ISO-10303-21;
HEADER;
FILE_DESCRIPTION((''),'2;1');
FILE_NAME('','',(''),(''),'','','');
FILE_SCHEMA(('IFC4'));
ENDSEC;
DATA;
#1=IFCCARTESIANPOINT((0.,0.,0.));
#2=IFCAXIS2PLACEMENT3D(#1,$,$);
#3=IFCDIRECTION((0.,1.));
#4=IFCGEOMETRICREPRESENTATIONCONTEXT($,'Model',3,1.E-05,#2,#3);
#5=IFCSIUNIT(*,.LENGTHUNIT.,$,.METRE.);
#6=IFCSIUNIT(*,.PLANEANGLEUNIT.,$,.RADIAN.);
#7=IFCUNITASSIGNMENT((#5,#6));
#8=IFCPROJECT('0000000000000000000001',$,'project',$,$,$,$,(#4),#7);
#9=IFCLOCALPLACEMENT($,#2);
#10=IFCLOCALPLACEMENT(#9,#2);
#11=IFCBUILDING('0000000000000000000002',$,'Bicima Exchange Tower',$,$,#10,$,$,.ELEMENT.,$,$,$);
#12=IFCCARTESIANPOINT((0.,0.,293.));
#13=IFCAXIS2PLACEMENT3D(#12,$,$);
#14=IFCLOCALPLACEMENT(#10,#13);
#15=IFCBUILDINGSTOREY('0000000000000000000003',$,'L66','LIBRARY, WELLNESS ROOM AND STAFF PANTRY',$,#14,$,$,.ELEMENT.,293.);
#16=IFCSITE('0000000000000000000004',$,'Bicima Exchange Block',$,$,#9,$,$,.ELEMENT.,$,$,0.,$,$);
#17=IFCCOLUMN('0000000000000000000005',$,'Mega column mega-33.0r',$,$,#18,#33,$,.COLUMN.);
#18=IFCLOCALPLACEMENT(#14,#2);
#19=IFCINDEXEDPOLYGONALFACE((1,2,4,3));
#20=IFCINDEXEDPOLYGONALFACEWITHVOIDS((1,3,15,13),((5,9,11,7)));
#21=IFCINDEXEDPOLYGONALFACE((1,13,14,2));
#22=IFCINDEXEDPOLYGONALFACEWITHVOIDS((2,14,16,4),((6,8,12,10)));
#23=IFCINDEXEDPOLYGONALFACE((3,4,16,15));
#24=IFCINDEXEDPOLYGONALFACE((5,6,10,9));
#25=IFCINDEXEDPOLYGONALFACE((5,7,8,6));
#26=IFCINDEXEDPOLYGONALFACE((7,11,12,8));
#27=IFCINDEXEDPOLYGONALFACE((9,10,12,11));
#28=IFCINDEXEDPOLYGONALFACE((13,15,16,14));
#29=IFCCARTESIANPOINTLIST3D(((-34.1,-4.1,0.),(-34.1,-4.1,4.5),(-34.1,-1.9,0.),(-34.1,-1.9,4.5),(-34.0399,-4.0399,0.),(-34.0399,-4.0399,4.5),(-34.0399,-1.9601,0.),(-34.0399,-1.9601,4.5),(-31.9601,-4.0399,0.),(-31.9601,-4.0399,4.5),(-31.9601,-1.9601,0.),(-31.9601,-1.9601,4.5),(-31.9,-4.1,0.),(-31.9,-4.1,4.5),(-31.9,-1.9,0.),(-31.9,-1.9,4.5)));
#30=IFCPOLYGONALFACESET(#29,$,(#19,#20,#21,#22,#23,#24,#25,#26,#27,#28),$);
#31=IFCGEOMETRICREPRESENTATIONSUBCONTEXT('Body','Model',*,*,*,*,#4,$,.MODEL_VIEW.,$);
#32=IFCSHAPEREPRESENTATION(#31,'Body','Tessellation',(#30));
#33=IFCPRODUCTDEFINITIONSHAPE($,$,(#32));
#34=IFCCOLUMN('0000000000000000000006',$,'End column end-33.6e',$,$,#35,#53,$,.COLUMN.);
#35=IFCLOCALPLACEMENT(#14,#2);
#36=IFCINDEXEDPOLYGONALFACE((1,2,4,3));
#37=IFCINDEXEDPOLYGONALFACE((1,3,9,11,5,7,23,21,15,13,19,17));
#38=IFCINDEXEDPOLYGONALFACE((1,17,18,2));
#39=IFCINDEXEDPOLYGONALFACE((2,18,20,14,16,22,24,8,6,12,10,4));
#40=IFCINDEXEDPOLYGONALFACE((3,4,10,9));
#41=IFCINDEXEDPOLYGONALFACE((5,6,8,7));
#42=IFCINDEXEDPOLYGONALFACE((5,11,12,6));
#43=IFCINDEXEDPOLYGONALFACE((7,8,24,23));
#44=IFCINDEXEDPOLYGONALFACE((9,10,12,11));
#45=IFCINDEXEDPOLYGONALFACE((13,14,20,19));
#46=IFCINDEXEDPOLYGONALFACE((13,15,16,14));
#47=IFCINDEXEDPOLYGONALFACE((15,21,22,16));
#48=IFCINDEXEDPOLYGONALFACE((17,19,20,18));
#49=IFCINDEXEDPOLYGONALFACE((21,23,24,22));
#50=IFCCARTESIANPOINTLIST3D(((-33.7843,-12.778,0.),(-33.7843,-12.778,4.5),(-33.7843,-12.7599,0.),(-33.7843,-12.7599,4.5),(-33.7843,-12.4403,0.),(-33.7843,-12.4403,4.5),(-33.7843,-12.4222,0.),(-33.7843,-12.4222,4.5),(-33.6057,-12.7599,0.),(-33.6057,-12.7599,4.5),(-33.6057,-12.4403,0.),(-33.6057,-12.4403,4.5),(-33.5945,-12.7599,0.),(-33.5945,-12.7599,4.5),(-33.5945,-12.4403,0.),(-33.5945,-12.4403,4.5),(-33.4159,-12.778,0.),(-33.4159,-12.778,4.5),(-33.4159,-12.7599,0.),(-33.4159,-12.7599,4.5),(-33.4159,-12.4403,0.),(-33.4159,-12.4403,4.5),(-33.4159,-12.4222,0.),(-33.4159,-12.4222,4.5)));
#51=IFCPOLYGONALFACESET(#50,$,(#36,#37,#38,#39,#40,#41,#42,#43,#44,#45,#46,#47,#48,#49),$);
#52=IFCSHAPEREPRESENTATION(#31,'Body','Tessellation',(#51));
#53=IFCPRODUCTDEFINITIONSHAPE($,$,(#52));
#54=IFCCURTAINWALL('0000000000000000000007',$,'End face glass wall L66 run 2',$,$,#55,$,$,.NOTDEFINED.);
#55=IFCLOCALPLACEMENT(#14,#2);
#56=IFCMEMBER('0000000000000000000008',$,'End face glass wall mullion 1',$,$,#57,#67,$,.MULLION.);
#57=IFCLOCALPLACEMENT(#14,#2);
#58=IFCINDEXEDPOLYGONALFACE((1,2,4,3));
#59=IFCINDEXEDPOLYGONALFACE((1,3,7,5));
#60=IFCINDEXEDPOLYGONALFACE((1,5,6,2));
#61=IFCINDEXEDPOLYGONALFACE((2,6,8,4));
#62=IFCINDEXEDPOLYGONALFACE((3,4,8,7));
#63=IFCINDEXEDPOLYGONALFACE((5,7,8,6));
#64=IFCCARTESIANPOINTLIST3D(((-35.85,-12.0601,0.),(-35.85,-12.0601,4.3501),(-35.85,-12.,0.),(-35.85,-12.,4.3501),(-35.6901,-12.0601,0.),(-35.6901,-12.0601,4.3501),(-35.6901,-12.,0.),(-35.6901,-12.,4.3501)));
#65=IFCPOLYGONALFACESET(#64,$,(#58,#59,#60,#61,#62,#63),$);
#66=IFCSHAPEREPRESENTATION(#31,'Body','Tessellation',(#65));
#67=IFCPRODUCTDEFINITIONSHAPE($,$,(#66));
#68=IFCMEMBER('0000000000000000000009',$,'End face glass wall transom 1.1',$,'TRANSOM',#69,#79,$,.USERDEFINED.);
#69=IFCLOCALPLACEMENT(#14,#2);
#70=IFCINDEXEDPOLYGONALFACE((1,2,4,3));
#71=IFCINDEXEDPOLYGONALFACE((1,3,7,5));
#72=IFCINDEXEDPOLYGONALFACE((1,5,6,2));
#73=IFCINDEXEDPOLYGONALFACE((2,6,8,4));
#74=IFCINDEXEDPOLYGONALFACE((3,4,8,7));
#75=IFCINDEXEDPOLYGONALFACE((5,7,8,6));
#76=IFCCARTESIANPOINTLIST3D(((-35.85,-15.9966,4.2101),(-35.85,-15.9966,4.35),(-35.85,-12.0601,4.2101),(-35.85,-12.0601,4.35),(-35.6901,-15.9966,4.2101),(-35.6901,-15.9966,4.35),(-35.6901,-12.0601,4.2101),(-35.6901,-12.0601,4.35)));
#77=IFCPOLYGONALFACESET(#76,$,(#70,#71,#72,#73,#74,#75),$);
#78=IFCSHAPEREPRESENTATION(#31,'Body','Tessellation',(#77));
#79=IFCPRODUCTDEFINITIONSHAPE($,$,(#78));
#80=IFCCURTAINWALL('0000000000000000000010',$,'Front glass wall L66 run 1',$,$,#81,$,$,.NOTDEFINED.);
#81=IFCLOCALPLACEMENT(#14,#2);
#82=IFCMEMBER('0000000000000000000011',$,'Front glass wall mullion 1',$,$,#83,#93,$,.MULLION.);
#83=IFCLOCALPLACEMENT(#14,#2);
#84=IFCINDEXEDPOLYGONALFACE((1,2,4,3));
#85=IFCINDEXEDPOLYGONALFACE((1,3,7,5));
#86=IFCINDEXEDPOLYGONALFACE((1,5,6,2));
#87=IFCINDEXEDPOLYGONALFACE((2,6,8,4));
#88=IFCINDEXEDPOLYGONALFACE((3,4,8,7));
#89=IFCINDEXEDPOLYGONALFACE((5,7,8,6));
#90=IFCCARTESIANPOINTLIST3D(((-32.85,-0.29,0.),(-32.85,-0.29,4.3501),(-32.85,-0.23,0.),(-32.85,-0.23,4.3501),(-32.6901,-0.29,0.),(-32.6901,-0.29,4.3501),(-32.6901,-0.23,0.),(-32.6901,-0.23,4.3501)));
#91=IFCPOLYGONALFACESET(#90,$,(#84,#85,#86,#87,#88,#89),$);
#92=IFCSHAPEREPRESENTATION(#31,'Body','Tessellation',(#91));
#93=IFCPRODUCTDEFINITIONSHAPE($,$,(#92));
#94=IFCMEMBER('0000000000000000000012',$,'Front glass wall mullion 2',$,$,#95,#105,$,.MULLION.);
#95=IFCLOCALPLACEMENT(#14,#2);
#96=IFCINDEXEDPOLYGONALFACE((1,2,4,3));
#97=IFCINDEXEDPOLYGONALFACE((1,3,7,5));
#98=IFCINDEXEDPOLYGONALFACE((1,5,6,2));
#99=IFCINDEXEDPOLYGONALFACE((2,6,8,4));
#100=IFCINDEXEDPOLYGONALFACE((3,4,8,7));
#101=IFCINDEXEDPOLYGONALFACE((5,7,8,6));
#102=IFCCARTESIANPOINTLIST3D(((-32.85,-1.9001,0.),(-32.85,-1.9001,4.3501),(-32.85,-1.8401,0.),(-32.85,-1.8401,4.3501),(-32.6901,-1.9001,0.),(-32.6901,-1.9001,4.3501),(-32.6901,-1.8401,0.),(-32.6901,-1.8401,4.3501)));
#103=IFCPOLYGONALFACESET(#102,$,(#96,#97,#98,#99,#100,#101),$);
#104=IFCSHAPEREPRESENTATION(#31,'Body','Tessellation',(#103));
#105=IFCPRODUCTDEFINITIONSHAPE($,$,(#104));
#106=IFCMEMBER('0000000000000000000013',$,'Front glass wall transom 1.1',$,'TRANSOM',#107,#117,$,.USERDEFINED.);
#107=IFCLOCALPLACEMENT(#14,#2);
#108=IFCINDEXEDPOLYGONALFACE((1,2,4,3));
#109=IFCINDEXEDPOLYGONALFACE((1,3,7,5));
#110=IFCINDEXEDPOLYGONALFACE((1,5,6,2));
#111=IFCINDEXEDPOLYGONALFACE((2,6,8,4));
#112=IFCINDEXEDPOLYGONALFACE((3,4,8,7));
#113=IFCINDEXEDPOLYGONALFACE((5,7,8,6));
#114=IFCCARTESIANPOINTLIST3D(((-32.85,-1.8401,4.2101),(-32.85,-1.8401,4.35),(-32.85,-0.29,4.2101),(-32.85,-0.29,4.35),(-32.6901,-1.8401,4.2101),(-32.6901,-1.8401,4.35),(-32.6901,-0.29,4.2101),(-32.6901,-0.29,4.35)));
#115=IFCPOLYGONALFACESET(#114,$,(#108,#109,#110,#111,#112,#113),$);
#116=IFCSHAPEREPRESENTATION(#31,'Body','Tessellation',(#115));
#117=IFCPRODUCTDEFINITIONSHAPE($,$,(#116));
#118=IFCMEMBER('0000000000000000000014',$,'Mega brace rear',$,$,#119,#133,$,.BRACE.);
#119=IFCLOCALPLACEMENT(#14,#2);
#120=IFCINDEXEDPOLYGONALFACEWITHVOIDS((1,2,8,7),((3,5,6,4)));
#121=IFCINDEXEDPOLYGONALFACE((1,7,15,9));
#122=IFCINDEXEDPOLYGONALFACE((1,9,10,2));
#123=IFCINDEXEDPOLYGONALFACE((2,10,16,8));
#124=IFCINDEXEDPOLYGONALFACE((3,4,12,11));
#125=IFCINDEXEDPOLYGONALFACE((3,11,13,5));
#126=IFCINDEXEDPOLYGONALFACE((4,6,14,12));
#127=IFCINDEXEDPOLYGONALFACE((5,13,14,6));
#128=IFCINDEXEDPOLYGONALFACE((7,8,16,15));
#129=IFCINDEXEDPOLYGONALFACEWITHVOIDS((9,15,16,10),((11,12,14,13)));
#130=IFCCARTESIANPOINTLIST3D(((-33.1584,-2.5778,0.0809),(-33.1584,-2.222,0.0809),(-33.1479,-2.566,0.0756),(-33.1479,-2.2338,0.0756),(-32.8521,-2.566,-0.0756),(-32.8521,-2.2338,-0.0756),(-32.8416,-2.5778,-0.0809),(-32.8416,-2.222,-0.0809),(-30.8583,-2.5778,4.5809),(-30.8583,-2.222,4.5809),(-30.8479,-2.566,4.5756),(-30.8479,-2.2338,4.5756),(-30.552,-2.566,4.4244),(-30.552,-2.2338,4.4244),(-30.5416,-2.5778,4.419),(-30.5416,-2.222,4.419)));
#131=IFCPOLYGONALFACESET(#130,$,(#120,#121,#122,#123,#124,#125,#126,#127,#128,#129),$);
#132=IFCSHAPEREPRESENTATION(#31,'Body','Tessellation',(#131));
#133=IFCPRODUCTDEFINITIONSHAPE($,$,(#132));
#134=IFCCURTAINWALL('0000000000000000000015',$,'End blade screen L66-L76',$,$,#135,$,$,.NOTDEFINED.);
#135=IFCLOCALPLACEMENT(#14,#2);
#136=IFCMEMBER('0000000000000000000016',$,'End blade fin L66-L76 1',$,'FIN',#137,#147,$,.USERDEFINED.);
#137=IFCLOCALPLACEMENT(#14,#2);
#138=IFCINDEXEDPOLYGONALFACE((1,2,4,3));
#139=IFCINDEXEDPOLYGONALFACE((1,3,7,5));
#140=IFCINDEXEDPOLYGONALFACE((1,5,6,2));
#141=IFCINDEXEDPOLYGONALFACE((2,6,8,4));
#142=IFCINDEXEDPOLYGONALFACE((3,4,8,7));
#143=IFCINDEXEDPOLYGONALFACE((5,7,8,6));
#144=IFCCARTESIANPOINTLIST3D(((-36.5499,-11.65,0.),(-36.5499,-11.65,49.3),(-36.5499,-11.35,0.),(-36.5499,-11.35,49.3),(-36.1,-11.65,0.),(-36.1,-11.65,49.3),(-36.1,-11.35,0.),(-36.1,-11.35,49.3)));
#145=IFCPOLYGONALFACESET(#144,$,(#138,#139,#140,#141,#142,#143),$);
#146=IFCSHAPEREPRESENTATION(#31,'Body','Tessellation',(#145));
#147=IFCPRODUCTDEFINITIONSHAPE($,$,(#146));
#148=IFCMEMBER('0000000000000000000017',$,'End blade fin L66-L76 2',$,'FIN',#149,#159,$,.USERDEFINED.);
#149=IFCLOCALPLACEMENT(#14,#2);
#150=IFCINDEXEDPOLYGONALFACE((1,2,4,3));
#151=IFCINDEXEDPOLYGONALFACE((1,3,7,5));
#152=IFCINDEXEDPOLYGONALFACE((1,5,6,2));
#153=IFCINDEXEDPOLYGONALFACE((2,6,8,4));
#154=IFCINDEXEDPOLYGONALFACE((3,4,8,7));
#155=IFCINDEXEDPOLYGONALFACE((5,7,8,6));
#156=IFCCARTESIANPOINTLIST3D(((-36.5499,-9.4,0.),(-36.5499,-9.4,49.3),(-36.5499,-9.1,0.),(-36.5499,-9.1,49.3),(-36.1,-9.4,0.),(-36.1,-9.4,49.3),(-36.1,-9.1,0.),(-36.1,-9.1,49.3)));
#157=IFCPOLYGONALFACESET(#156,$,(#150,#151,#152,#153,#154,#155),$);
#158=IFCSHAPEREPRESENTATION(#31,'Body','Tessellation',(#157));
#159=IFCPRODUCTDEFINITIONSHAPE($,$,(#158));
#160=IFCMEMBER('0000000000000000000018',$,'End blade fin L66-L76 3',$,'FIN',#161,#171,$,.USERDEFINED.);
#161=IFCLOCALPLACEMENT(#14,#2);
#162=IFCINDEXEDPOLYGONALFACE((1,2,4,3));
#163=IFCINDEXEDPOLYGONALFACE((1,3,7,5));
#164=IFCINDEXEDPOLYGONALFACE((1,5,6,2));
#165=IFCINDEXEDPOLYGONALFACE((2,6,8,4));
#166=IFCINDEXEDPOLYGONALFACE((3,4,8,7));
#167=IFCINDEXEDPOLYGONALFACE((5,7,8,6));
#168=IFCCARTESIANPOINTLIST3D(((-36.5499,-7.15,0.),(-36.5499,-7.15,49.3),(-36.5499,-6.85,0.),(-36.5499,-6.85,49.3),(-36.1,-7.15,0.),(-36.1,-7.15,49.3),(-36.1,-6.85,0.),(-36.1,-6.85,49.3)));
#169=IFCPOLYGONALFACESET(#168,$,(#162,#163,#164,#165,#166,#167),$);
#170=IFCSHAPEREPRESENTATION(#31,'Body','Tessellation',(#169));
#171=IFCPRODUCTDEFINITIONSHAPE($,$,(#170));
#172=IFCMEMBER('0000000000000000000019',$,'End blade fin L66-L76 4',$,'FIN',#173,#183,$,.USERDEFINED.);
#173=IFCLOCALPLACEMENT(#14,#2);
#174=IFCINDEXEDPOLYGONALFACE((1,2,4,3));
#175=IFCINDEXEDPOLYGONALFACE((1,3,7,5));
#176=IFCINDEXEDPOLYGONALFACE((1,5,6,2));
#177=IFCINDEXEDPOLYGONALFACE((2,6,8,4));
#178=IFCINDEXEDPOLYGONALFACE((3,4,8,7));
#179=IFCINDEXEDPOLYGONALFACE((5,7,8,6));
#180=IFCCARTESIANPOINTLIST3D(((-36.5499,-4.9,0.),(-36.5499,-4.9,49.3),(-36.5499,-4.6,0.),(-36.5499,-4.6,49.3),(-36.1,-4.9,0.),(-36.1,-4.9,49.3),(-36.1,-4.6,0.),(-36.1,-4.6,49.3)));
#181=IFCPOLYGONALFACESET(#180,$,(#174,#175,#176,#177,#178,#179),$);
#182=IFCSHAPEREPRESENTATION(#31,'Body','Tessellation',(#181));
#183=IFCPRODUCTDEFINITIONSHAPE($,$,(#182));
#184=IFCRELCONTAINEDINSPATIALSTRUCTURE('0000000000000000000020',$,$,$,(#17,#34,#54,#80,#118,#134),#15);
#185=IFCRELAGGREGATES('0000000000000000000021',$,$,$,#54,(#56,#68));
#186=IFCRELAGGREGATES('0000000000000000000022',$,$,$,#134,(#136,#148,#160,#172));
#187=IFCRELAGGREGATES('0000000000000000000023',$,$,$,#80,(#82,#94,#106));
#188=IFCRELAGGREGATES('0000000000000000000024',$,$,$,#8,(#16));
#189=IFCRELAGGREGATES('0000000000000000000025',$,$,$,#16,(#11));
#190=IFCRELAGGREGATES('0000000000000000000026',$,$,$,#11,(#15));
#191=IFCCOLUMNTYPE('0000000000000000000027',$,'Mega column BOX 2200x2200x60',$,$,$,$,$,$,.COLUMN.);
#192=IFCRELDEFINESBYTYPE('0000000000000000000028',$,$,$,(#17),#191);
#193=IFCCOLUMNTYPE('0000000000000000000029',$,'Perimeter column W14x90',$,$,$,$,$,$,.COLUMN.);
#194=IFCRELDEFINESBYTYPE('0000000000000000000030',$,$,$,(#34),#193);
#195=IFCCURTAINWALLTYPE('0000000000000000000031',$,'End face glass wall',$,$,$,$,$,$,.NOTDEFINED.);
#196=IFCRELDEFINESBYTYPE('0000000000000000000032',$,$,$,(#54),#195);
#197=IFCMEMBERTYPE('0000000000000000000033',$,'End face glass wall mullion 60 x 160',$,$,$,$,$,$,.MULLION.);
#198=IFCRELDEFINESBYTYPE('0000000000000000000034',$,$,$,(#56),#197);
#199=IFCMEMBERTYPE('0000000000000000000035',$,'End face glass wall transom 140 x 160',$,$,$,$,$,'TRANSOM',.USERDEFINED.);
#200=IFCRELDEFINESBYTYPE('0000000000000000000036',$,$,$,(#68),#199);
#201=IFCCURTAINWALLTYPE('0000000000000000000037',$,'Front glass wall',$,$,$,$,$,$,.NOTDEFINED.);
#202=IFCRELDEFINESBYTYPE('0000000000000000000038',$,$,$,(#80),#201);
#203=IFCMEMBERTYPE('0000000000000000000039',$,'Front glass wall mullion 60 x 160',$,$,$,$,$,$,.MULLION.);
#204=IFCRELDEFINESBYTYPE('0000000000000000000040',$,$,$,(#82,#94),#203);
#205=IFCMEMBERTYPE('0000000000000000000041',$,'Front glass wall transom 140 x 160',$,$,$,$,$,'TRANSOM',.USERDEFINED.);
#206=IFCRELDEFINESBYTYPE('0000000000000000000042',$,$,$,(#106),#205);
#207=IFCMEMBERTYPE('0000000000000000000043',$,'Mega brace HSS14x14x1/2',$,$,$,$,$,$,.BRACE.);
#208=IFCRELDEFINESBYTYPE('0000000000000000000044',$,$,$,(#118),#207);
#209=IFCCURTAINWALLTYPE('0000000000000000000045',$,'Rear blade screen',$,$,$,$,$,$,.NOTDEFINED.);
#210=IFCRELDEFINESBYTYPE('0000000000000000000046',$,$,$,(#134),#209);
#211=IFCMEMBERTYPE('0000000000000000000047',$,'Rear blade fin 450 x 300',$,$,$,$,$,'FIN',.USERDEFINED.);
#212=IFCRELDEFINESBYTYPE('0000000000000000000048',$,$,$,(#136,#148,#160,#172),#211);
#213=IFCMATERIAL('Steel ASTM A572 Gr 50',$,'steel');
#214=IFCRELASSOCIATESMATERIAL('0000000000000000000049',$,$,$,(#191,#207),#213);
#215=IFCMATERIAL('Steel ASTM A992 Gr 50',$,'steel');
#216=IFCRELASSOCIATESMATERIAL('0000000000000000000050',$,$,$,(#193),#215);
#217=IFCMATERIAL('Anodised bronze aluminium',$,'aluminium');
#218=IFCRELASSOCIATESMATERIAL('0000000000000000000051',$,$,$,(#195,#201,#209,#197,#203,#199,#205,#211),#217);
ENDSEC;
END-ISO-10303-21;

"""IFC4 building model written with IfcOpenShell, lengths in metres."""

from ifc_helpers import new_model, si_unit, direction, frame, origin, origin_2d, place, context, subcontext, project, spatial, rectangle, hollow_rectangle, i_section, extrude, material, material_profile, profile_set, type_object, element, aggregate, save


model = new_model("IFC4")

# Units and contexts
model_context = context("Model", 3, precision=1e-05, world=origin(), true_north=direction((0.0, 1.0)))
body_context = subcontext(model_context, "Body", "Model", "MODEL_VIEW")
ifc_project = project(units=[si_unit("LENGTHUNIT", "METRE"), si_unit("PLANEANGLEUNIT", "RADIAN")], contexts=[model_context])

# Site, building, storey
site_placement = place(None, origin())
site = spatial("IfcSite", under=ifc_project, at=site_placement, Name="Bicima Exchange Block", CompositionType="ELEMENT", RefElevation=0.0)
building_placement = place(site_placement, origin())
building = spatial("IfcBuilding", under=site, at=building_placement, Name="Bicima Exchange Tower", CompositionType="ELEMENT")
storey_placement = place(building_placement, frame((0.0, 0.0, 293.0)))
storey = spatial("IfcBuildingStorey", under=building, at=storey_placement, Name="L66", Description="LIBRARY, WELLNESS ROOM AND STAFF PANTRY", CompositionType="ELEMENT", Elevation=293.0)

# Columns
ifc_material_1 = material(Name="Steel ASTM A572 Gr 50", Category="steel")
ifc_material_profile_1 = material_profile(ifc_material_1, hollow_rectangle(XDim=2.2, YDim=2.2, WallThickness=0.0601, at=origin_2d()))
ifc_profile_set_1 = profile_set([ifc_material_profile_1], Name="Steel ASTM A572 Gr 50")
column_type_1 = type_object("IfcColumnType", Name="Mega column BOX 2200x2200x60", PredefinedType="COLUMN", material=ifc_profile_set_1)
column_1_placement = place(storey_placement, frame((-33.0, -3.0, 0.0), z_axis=(0.0, 0.0, 1.0), x_axis=(1.0, 0.0, 0.0)))
element("IfcColumn", 1, at=column_1_placement, inside=storey, type_object=column_type_1, Name="Mega column mega-33.0r", PredefinedType="COLUMN", context=body_context, shape_type="SweptSolid", body=[
    extrude(hollow_rectangle(XDim=2.2, YDim=2.2, WallThickness=0.0601, at=origin_2d()), origin(), (0.0, 0.0, 1.0), 4.5),
])
ifc_material_2 = material(Name="Steel ASTM A992 Gr 50", Category="steel")
ifc_material_profile_2 = material_profile(ifc_material_2, i_section(OverallWidth=0.3684, OverallDepth=0.3557, WebThickness=0.0112, FlangeThickness=0.0181, at=origin_2d()))
ifc_profile_set_2 = profile_set([ifc_material_profile_2], Name="Steel ASTM A992 Gr 50")
column_type_2 = type_object("IfcColumnType", Name="Perimeter column W14x90", PredefinedType="COLUMN", material=ifc_profile_set_2)
column_2_placement = place(storey_placement, frame((-33.6001, -12.6001, 0.0), z_axis=(0.0, 0.0, 1.0), x_axis=(1.0, 0.0, 0.0)))
element("IfcColumn", 2, at=column_2_placement, inside=storey, type_object=column_type_2, Name="End column end-33.6e", PredefinedType="COLUMN", context=body_context, shape_type="SweptSolid", body=[
    extrude(i_section(OverallWidth=0.3684, OverallDepth=0.3557, WebThickness=0.0112, FlangeThickness=0.0181, at=origin_2d()), origin(), (0.0, 0.0, 1.0), 4.5),
])

# Curtain walls, members
ifc_material_3 = material(Name="Anodised bronze aluminium", Category="aluminium")
curtain_wall_type_1 = type_object("IfcCurtainWallType", Name="End face glass wall", PredefinedType="NOTDEFINED", material=ifc_material_3)
curtain_wall_1_placement = place(storey_placement, origin())
curtain_wall_1 = element("IfcCurtainWall", 3, at=curtain_wall_1_placement, inside=storey, type_object=curtain_wall_type_1, Name="End face glass wall L66 run 2", PredefinedType="NOTDEFINED")
ifc_material_profile_3 = material_profile(ifc_material_3, rectangle(XDim=0.1599, YDim=0.0601, at=origin_2d()))
ifc_profile_set_3 = profile_set([ifc_material_profile_3], Name="Anodised bronze aluminium")
member_type_1 = type_object("IfcMemberType", Name="End face glass wall mullion 60 x 160", PredefinedType="MULLION", material=ifc_profile_set_3)
member_1_placement = place(storey_placement, frame((-35.77, -12.03, 0.0), z_axis=(0.0, 0.0, 1.0), x_axis=(1.0, 0.0, 0.0)))
member_1 = element("IfcMember", 4, at=member_1_placement, type_object=member_type_1, Name="End face glass wall mullion 1", PredefinedType="MULLION", context=body_context, shape_type="SweptSolid", body=[
    extrude(rectangle(XDim=0.1599, YDim=0.0601, at=origin_2d()), origin(), (0.0, 0.0, 1.0), 4.3501),
])
ifc_material_profile_4 = material_profile(ifc_material_3, rectangle(XDim=0.1599, YDim=0.1399, at=origin_2d()))
ifc_profile_set_4 = profile_set([ifc_material_profile_4], Name="Anodised bronze aluminium")
member_type_2 = type_object("IfcMemberType", Name="End face glass wall transom 140 x 160", ElementType="TRANSOM", PredefinedType="USERDEFINED", material=ifc_profile_set_4)
member_2_placement = place(storey_placement, frame((-35.77, -12.0601, 4.28), z_axis=(0.0, -1.0, 0.0), x_axis=(1.0, 0.0, 0.0)))
member_2 = element("IfcMember", 5, at=member_2_placement, type_object=member_type_2, Name="End face glass wall transom 1.1", ObjectType="TRANSOM", PredefinedType="USERDEFINED", context=body_context, shape_type="SweptSolid", body=[
    extrude(rectangle(XDim=0.1599, YDim=0.1399, at=origin_2d()), origin(), (0.0, 0.0, 1.0), 3.9365),
])
aggregate(curtain_wall_1, [member_1, member_2])
curtain_wall_type_2 = type_object("IfcCurtainWallType", Name="Front glass wall", PredefinedType="NOTDEFINED", material=ifc_material_3)
curtain_wall_2_placement = place(storey_placement, origin())
curtain_wall_2 = element("IfcCurtainWall", 6, at=curtain_wall_2_placement, inside=storey, type_object=curtain_wall_type_2, Name="Front glass wall L66 run 1", PredefinedType="NOTDEFINED")
member_type_3 = type_object("IfcMemberType", Name="Front glass wall mullion 60 x 160", PredefinedType="MULLION", material=ifc_profile_set_3)
member_3_placement = place(storey_placement, frame((-32.77, -0.26, 0.0), z_axis=(0.0, 0.0, 1.0), x_axis=(1.0, 0.0, 0.0)))
member_3 = element("IfcMember", 7, at=member_3_placement, type_object=member_type_3, Name="Front glass wall mullion 1", PredefinedType="MULLION", context=body_context, shape_type="SweptSolid", body=[
    extrude(rectangle(XDim=0.1599, YDim=0.0601, at=origin_2d()), origin(), (0.0, 0.0, 1.0), 4.3501),
])
member_4_placement = place(storey_placement, frame((-32.77, -1.8701, 0.0), z_axis=(0.0, 0.0, 1.0), x_axis=(1.0, 0.0, 0.0)))
member_4 = element("IfcMember", 8, at=member_4_placement, type_object=member_type_3, Name="Front glass wall mullion 2", PredefinedType="MULLION", context=body_context, shape_type="SweptSolid", body=[
    extrude(rectangle(XDim=0.1599, YDim=0.0601, at=origin_2d()), origin(), (0.0, 0.0, 1.0), 4.3501),
])
member_type_4 = type_object("IfcMemberType", Name="Front glass wall transom 140 x 160", ElementType="TRANSOM", PredefinedType="USERDEFINED", material=ifc_profile_set_4)
member_5_placement = place(storey_placement, frame((-32.77, -0.29, 4.28), z_axis=(0.0, -1.0, 0.0), x_axis=(1.0, 0.0, 0.0)))
member_5 = element("IfcMember", 9, at=member_5_placement, type_object=member_type_4, Name="Front glass wall transom 1.1", ObjectType="TRANSOM", PredefinedType="USERDEFINED", context=body_context, shape_type="SweptSolid", body=[
    extrude(rectangle(XDim=0.1599, YDim=0.1399, at=origin_2d()), origin(), (0.0, 0.0, 1.0), 1.55),
])

# Member
ifc_material_profile_5 = material_profile(ifc_material_1, hollow_rectangle(XDim=0.3557, YDim=0.3557, WallThickness=0.0117, at=origin_2d()))
ifc_profile_set_5 = profile_set([ifc_material_profile_5], Name="Steel ASTM A572 Gr 50")
member_type_5 = type_object("IfcMemberType", Name="Mega brace HSS14x14x1/2", PredefinedType="BRACE", material=ifc_profile_set_5)
member_6_placement = place(storey_placement, frame((-33.0, -2.3999, 0.0), z_axis=(0.455119, 0.0, 0.890431), x_axis=(0.0, 1.0, 0.0)))
element("IfcMember", 10, at=member_6_placement, inside=storey, type_object=member_type_5, Name="Mega brace rear", PredefinedType="BRACE", context=body_context, shape_type="SweptSolid", body=[
    extrude(hollow_rectangle(XDim=0.3557, YDim=0.3557, WallThickness=0.0117, at=origin_2d()), origin(), (0.0, 0.0, 1.0), 5.0537),
])

# Curtain wall, members
curtain_wall_type_3 = type_object("IfcCurtainWallType", Name="Rear blade screen", PredefinedType="NOTDEFINED", material=ifc_material_3)
curtain_wall_3_placement = place(storey_placement, origin())
curtain_wall_3 = element("IfcCurtainWall", 11, at=curtain_wall_3_placement, inside=storey, type_object=curtain_wall_type_3, Name="End blade screen L66-L76", PredefinedType="NOTDEFINED")
ifc_material_profile_6 = material_profile(ifc_material_3, rectangle(XDim=0.45, YDim=0.3, at=origin_2d()))
ifc_profile_set_6 = profile_set([ifc_material_profile_6], Name="Anodised bronze aluminium")
member_type_6 = type_object("IfcMemberType", Name="Rear blade fin 450 x 300", ElementType="FIN", PredefinedType="USERDEFINED", material=ifc_profile_set_6)
member_7_placement = place(storey_placement, frame((-36.325, -11.5, 0.0), z_axis=(0.0, 0.0, 1.0), x_axis=(1.0, 0.0, 0.0)))
member_7 = element("IfcMember", 12, at=member_7_placement, type_object=member_type_6, Name="End blade fin L66-L76 1", ObjectType="FIN", PredefinedType="USERDEFINED", context=body_context, shape_type="SweptSolid", body=[
    extrude(rectangle(XDim=0.45, YDim=0.3, at=origin_2d()), origin(), (0.0, 0.0, 1.0), 49.3),
])
member_8_placement = place(storey_placement, frame((-36.325, -9.25, 0.0), z_axis=(0.0, 0.0, 1.0), x_axis=(1.0, 0.0, 0.0)))
member_8 = element("IfcMember", 13, at=member_8_placement, type_object=member_type_6, Name="End blade fin L66-L76 2", ObjectType="FIN", PredefinedType="USERDEFINED", context=body_context, shape_type="SweptSolid", body=[
    extrude(rectangle(XDim=0.45, YDim=0.3, at=origin_2d()), origin(), (0.0, 0.0, 1.0), 49.3),
])
member_9_placement = place(storey_placement, frame((-36.325, -7.0, 0.0), z_axis=(0.0, 0.0, 1.0), x_axis=(1.0, 0.0, 0.0)))
member_9 = element("IfcMember", 14, at=member_9_placement, type_object=member_type_6, Name="End blade fin L66-L76 3", ObjectType="FIN", PredefinedType="USERDEFINED", context=body_context, shape_type="SweptSolid", body=[
    extrude(rectangle(XDim=0.45, YDim=0.3, at=origin_2d()), origin(), (0.0, 0.0, 1.0), 49.3),
])
member_10_placement = place(storey_placement, frame((-36.325, -4.75, 0.0), z_axis=(0.0, 0.0, 1.0), x_axis=(1.0, 0.0, 0.0)))
member_10 = element("IfcMember", 15, at=member_10_placement, type_object=member_type_6, Name="End blade fin L66-L76 4", ObjectType="FIN", PredefinedType="USERDEFINED", context=body_context, shape_type="SweptSolid", body=[
    extrude(rectangle(XDim=0.45, YDim=0.3, at=origin_2d()), origin(), (0.0, 0.0, 1.0), 49.3),
])
aggregate(curtain_wall_3, [member_7, member_8, member_9, member_10])

aggregate(curtain_wall_2, [member_3, member_4, member_5])

save(model, "model.ifc")
